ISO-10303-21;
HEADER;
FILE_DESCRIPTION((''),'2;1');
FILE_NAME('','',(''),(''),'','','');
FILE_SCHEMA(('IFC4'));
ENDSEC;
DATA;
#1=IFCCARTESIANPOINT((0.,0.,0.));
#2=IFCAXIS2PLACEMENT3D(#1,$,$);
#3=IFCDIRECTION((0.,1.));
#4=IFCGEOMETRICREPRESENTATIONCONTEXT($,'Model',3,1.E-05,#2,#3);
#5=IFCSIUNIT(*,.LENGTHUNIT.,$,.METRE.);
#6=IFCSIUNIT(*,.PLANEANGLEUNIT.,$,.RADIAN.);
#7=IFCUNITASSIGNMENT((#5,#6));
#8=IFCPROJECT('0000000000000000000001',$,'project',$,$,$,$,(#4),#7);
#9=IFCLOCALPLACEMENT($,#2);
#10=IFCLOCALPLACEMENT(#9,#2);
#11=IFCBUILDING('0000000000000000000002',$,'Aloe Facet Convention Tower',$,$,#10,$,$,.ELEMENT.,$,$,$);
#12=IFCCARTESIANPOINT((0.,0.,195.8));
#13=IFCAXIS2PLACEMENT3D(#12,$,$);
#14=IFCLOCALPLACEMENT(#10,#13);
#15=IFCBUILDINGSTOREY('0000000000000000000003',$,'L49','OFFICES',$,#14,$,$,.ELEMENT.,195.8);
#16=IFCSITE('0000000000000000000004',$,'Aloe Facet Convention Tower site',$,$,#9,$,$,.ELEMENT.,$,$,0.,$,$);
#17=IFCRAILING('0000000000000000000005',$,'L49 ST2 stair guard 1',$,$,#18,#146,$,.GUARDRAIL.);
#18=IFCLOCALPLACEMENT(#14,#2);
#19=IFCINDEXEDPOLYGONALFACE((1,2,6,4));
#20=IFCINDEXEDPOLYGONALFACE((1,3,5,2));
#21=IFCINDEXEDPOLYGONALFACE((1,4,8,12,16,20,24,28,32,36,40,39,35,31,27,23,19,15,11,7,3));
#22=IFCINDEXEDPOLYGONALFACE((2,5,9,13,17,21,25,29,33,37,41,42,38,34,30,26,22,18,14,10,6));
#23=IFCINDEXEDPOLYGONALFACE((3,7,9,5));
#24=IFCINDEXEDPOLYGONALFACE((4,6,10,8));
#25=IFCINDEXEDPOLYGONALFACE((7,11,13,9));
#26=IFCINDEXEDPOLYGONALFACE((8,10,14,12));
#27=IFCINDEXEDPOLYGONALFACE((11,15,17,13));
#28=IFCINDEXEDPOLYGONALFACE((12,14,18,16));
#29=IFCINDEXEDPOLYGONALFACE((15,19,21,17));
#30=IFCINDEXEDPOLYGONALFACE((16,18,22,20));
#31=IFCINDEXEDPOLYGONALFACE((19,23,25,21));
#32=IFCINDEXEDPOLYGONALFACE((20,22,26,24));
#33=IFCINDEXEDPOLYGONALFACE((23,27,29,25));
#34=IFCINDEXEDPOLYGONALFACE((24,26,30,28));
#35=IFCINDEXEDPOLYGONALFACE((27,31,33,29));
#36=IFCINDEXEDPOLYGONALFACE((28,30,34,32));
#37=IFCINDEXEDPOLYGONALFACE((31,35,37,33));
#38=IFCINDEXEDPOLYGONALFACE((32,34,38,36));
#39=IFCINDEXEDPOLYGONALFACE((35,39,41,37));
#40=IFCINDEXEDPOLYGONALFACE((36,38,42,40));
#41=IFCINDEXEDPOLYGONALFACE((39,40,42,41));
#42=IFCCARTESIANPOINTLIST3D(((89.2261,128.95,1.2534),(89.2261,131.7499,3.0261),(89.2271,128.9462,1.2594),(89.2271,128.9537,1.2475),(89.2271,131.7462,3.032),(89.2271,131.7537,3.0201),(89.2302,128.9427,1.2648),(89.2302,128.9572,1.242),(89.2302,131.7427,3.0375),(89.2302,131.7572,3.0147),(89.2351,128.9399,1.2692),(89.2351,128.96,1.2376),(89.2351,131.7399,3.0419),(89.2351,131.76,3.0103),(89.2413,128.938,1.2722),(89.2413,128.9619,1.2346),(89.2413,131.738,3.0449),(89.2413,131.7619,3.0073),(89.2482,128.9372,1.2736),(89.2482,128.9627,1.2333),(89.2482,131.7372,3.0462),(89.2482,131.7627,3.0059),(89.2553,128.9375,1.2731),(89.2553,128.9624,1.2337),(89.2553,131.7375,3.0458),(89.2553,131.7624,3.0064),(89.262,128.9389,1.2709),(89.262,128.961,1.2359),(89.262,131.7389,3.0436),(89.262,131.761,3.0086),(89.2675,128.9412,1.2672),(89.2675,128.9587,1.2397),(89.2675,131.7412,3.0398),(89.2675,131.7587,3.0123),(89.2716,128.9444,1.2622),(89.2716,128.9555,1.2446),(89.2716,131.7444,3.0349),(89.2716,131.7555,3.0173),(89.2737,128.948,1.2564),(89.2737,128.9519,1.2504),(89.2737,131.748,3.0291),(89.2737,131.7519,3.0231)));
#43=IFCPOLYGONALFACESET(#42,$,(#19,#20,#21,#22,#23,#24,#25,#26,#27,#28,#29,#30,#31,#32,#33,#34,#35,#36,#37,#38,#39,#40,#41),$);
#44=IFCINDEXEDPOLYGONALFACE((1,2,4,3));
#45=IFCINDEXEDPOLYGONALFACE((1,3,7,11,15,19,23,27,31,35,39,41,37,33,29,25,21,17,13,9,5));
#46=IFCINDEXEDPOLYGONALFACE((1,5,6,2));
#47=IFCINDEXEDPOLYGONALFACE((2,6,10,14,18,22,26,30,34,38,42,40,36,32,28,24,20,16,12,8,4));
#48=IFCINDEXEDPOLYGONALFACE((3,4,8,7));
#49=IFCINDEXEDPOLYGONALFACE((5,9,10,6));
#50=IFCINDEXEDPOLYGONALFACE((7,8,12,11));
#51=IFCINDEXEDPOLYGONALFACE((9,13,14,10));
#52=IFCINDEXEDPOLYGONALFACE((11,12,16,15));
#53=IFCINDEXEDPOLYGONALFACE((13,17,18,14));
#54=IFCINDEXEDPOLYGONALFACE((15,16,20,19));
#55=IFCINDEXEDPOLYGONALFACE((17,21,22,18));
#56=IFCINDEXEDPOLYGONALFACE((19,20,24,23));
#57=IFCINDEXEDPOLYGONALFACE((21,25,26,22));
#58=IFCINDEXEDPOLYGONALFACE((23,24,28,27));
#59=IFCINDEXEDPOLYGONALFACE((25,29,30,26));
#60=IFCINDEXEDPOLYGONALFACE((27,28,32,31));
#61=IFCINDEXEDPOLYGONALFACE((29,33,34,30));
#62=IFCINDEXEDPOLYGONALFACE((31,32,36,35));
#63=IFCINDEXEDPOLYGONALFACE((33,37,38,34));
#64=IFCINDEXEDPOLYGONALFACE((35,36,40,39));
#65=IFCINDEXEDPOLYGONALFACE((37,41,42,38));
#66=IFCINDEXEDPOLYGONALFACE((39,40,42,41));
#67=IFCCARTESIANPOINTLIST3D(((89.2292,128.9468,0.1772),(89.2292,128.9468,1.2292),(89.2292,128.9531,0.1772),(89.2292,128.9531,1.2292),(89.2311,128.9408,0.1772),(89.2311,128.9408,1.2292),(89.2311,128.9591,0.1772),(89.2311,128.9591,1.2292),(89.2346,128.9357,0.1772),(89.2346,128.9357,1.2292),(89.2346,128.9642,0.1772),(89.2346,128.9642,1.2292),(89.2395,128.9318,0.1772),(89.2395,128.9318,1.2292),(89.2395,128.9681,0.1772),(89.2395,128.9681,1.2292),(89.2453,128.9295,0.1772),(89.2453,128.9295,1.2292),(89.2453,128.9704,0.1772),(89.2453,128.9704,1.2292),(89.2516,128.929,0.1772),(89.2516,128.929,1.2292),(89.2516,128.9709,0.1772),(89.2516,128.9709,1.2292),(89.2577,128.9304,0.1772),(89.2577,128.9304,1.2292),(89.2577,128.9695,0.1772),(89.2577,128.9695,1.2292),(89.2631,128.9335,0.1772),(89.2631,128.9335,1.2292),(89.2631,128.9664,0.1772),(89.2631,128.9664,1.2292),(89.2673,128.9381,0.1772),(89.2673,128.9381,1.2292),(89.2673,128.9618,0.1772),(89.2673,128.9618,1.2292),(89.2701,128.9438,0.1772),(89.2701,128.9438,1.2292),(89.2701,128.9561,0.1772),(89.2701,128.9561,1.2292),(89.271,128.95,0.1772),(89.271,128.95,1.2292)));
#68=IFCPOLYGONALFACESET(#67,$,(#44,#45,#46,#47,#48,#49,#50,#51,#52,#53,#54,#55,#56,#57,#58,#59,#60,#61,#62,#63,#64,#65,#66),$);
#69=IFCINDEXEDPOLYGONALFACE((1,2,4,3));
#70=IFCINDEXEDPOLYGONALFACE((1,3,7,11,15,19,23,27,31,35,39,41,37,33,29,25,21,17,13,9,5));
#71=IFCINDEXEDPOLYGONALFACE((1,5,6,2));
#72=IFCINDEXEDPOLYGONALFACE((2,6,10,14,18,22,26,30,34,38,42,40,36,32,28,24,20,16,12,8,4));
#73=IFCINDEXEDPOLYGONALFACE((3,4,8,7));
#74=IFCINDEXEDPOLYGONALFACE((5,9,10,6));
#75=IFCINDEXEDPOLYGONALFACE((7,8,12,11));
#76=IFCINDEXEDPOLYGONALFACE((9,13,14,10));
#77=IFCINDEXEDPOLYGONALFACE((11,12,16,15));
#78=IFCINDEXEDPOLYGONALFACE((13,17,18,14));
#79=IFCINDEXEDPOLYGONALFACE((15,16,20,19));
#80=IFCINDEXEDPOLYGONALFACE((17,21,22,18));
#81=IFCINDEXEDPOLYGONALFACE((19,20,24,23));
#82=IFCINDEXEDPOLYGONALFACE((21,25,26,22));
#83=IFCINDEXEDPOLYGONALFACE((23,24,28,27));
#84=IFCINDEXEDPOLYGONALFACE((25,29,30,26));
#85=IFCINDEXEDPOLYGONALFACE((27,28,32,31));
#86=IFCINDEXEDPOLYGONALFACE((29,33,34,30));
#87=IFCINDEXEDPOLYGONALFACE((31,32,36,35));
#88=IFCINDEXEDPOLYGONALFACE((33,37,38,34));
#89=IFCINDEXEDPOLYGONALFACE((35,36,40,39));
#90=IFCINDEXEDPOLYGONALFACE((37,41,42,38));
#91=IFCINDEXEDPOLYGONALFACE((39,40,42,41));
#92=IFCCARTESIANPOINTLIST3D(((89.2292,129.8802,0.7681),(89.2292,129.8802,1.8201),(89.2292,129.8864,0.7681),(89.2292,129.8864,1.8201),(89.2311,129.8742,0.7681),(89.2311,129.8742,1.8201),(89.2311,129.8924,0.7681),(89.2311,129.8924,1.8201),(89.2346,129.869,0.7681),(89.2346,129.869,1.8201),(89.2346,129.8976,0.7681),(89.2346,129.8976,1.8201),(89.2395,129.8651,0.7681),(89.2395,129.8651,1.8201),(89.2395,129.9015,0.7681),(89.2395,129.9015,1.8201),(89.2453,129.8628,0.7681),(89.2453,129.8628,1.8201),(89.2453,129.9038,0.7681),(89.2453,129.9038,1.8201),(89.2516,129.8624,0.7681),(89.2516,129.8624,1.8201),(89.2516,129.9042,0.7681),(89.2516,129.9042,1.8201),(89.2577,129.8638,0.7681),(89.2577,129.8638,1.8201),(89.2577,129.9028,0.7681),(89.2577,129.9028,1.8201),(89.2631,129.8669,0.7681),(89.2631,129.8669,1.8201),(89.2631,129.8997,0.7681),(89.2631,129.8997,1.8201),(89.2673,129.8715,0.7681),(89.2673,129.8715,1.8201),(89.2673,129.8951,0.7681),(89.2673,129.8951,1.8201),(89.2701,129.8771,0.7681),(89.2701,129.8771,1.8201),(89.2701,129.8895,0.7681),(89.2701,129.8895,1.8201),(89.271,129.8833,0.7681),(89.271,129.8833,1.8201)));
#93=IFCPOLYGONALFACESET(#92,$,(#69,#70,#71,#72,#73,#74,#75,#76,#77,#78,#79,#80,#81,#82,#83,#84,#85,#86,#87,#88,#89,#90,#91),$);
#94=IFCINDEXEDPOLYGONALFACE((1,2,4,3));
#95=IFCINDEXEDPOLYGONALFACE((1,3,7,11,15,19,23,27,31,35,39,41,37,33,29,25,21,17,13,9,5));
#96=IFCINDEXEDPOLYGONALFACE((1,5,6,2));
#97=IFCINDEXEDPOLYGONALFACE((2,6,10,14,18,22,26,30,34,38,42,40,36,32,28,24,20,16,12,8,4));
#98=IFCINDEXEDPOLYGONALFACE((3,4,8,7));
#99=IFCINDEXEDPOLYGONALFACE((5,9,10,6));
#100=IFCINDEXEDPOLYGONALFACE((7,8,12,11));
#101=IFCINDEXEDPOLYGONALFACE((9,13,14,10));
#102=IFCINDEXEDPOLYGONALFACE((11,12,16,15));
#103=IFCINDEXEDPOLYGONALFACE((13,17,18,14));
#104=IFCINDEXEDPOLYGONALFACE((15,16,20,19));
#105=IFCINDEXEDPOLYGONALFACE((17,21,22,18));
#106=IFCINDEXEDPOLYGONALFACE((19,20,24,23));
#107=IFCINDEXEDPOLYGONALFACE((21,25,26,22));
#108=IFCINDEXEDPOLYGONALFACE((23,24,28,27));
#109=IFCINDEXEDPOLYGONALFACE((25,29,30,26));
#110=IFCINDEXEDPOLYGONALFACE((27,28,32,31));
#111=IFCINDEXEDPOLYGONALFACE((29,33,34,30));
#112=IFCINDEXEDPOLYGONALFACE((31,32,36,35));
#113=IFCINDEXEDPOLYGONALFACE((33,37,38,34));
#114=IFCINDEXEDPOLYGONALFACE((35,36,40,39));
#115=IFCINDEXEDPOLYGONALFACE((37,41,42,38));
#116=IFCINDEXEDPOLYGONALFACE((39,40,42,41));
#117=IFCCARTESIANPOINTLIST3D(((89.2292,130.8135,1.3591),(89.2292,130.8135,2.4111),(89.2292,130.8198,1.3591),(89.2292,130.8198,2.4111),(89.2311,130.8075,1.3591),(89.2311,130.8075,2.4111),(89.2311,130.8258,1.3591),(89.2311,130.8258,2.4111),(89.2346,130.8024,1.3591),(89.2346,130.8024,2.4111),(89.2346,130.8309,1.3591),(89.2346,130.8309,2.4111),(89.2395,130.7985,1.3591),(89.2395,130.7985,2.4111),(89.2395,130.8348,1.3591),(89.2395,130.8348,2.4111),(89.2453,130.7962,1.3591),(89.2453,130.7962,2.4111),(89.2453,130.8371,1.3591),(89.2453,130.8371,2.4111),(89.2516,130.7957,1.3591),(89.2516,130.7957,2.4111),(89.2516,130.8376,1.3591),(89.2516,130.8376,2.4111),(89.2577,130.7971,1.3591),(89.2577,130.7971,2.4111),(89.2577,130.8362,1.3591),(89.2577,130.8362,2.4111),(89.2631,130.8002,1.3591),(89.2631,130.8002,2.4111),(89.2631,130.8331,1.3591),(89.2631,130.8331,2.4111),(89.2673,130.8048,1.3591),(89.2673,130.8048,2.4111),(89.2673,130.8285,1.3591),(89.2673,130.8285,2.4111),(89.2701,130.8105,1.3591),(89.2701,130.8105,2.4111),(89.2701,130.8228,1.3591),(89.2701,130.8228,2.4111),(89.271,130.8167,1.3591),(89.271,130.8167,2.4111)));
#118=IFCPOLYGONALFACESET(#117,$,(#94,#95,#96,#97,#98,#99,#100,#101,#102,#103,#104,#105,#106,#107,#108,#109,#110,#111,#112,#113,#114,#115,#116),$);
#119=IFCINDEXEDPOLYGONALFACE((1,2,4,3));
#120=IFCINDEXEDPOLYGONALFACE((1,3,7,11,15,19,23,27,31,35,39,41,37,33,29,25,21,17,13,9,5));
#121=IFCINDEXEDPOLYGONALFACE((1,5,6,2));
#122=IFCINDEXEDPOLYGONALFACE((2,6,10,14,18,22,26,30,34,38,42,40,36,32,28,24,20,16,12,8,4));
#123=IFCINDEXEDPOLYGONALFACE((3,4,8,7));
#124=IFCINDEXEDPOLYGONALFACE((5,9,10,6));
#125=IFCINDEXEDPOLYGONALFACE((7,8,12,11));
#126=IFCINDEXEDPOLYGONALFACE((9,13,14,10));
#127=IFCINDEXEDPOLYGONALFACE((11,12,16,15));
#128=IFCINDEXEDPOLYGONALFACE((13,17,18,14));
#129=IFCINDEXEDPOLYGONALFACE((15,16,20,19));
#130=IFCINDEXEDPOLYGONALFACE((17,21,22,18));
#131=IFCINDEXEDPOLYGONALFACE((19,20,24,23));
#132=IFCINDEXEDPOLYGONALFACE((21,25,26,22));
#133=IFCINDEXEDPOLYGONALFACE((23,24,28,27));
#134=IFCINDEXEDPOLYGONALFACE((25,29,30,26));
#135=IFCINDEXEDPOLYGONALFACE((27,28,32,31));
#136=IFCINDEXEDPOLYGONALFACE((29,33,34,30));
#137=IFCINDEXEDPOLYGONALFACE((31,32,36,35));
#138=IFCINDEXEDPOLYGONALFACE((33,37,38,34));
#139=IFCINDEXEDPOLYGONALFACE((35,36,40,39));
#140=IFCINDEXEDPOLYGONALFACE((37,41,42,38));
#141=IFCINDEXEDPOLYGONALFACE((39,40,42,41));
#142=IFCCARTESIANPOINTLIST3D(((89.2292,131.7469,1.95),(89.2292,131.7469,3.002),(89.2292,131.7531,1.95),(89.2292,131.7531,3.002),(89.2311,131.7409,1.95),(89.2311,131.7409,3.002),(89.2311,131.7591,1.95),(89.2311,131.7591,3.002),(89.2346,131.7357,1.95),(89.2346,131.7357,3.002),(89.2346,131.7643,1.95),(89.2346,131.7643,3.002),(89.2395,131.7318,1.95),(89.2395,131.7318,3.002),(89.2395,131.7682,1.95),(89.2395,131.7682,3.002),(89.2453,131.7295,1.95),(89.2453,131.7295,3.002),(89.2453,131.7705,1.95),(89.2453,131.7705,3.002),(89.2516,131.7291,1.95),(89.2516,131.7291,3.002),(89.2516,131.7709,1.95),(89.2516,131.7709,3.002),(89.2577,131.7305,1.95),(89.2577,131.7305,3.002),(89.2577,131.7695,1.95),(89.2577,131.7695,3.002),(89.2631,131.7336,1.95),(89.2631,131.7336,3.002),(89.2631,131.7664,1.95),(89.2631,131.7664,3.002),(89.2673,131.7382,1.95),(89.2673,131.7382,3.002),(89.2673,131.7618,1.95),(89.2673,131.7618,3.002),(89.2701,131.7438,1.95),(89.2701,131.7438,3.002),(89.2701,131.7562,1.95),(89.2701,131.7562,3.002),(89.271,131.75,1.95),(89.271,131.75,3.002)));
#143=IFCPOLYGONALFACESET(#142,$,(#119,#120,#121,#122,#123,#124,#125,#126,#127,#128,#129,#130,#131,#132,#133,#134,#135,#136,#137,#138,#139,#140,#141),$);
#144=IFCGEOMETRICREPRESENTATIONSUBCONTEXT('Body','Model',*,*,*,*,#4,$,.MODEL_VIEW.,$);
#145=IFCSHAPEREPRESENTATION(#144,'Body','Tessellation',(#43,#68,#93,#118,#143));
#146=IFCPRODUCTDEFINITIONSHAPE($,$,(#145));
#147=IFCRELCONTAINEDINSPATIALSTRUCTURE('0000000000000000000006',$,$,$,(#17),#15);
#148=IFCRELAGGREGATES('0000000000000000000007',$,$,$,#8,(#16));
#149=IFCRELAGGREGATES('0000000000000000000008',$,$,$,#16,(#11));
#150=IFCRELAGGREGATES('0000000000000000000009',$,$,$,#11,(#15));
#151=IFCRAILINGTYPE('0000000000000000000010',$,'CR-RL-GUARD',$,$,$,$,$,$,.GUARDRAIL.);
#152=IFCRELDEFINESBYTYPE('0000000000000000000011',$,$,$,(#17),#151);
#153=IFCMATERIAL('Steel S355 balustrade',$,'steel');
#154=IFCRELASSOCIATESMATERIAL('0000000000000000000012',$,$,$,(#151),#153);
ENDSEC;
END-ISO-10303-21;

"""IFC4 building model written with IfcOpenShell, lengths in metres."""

from ifc_helpers import new_model, si_unit, direction, frame, origin, origin_2d, place, context, subcontext, project, spatial, circle, extrude, material, type_object, element, save


model = new_model("IFC4")

# Units and contexts
model_context = context("Model", 3, precision=1e-05, world=origin(), true_north=direction((0.0, 1.0)))
body_context = subcontext(model_context, "Body", "Model", "MODEL_VIEW")
ifc_project = project(units=[si_unit("LENGTHUNIT", "METRE"), si_unit("PLANEANGLEUNIT", "RADIAN")], contexts=[model_context])

# Site, building, storey
site_placement = place(None, origin())
site = spatial("IfcSite", under=ifc_project, at=site_placement, Name="Aloe Facet Convention Tower site", CompositionType="ELEMENT", RefElevation=0.0)
building_placement = place(site_placement, origin())
building = spatial("IfcBuilding", under=site, at=building_placement, Name="Aloe Facet Convention Tower", CompositionType="ELEMENT")
storey_placement = place(building_placement, frame((0.0, 0.0, 195.8)))
storey = spatial("IfcBuildingStorey", under=building, at=storey_placement, Name="L49", Description="OFFICES", CompositionType="ELEMENT", Elevation=195.8)

# Railing
ifc_material_1 = material(Name="Steel S355 balustrade", Category="steel")
railing_type_1 = type_object("IfcRailingType", Name="CR-RL-GUARD", PredefinedType="GUARDRAIL", material=ifc_material_1)
railing_1_placement = place(storey_placement, frame((89.25, 128.95, 0.1772)))
element("IfcRailing", 1, at=railing_1_placement, inside=storey, type_object=railing_type_1, Name="L49 ST2 stair guard 1", PredefinedType="GUARDRAIL", context=body_context, shape_type="SweptSolid", body=[
    extrude(circle(Radius=0.0239, at=origin_2d()), frame((0.0, 0.0, 1.0762), z_axis=(0.0, 0.844909, 0.53491), x_axis=(-1.0, 0.0, 0.0)), (0.0, 0.0, 1.0), 3.314),
    extrude(circle(Radius=0.021, at=origin_2d()), origin(), (0.0, 0.0, 1.0), 1.052),
    extrude(circle(Radius=0.021, at=origin_2d()), frame((0.0, 0.9333, 0.5908)), (0.0, 0.0, 1.0), 1.052),
    extrude(circle(Radius=0.021, at=origin_2d()), frame((0.0, 1.8667, 1.1819)), (0.0, 0.0, 1.0), 1.052),
    extrude(circle(Radius=0.021, at=origin_2d()), frame((0.0, 2.8, 1.7727)), (0.0, 0.0, 1.0), 1.052),
])

save(model, "model.ifc")
